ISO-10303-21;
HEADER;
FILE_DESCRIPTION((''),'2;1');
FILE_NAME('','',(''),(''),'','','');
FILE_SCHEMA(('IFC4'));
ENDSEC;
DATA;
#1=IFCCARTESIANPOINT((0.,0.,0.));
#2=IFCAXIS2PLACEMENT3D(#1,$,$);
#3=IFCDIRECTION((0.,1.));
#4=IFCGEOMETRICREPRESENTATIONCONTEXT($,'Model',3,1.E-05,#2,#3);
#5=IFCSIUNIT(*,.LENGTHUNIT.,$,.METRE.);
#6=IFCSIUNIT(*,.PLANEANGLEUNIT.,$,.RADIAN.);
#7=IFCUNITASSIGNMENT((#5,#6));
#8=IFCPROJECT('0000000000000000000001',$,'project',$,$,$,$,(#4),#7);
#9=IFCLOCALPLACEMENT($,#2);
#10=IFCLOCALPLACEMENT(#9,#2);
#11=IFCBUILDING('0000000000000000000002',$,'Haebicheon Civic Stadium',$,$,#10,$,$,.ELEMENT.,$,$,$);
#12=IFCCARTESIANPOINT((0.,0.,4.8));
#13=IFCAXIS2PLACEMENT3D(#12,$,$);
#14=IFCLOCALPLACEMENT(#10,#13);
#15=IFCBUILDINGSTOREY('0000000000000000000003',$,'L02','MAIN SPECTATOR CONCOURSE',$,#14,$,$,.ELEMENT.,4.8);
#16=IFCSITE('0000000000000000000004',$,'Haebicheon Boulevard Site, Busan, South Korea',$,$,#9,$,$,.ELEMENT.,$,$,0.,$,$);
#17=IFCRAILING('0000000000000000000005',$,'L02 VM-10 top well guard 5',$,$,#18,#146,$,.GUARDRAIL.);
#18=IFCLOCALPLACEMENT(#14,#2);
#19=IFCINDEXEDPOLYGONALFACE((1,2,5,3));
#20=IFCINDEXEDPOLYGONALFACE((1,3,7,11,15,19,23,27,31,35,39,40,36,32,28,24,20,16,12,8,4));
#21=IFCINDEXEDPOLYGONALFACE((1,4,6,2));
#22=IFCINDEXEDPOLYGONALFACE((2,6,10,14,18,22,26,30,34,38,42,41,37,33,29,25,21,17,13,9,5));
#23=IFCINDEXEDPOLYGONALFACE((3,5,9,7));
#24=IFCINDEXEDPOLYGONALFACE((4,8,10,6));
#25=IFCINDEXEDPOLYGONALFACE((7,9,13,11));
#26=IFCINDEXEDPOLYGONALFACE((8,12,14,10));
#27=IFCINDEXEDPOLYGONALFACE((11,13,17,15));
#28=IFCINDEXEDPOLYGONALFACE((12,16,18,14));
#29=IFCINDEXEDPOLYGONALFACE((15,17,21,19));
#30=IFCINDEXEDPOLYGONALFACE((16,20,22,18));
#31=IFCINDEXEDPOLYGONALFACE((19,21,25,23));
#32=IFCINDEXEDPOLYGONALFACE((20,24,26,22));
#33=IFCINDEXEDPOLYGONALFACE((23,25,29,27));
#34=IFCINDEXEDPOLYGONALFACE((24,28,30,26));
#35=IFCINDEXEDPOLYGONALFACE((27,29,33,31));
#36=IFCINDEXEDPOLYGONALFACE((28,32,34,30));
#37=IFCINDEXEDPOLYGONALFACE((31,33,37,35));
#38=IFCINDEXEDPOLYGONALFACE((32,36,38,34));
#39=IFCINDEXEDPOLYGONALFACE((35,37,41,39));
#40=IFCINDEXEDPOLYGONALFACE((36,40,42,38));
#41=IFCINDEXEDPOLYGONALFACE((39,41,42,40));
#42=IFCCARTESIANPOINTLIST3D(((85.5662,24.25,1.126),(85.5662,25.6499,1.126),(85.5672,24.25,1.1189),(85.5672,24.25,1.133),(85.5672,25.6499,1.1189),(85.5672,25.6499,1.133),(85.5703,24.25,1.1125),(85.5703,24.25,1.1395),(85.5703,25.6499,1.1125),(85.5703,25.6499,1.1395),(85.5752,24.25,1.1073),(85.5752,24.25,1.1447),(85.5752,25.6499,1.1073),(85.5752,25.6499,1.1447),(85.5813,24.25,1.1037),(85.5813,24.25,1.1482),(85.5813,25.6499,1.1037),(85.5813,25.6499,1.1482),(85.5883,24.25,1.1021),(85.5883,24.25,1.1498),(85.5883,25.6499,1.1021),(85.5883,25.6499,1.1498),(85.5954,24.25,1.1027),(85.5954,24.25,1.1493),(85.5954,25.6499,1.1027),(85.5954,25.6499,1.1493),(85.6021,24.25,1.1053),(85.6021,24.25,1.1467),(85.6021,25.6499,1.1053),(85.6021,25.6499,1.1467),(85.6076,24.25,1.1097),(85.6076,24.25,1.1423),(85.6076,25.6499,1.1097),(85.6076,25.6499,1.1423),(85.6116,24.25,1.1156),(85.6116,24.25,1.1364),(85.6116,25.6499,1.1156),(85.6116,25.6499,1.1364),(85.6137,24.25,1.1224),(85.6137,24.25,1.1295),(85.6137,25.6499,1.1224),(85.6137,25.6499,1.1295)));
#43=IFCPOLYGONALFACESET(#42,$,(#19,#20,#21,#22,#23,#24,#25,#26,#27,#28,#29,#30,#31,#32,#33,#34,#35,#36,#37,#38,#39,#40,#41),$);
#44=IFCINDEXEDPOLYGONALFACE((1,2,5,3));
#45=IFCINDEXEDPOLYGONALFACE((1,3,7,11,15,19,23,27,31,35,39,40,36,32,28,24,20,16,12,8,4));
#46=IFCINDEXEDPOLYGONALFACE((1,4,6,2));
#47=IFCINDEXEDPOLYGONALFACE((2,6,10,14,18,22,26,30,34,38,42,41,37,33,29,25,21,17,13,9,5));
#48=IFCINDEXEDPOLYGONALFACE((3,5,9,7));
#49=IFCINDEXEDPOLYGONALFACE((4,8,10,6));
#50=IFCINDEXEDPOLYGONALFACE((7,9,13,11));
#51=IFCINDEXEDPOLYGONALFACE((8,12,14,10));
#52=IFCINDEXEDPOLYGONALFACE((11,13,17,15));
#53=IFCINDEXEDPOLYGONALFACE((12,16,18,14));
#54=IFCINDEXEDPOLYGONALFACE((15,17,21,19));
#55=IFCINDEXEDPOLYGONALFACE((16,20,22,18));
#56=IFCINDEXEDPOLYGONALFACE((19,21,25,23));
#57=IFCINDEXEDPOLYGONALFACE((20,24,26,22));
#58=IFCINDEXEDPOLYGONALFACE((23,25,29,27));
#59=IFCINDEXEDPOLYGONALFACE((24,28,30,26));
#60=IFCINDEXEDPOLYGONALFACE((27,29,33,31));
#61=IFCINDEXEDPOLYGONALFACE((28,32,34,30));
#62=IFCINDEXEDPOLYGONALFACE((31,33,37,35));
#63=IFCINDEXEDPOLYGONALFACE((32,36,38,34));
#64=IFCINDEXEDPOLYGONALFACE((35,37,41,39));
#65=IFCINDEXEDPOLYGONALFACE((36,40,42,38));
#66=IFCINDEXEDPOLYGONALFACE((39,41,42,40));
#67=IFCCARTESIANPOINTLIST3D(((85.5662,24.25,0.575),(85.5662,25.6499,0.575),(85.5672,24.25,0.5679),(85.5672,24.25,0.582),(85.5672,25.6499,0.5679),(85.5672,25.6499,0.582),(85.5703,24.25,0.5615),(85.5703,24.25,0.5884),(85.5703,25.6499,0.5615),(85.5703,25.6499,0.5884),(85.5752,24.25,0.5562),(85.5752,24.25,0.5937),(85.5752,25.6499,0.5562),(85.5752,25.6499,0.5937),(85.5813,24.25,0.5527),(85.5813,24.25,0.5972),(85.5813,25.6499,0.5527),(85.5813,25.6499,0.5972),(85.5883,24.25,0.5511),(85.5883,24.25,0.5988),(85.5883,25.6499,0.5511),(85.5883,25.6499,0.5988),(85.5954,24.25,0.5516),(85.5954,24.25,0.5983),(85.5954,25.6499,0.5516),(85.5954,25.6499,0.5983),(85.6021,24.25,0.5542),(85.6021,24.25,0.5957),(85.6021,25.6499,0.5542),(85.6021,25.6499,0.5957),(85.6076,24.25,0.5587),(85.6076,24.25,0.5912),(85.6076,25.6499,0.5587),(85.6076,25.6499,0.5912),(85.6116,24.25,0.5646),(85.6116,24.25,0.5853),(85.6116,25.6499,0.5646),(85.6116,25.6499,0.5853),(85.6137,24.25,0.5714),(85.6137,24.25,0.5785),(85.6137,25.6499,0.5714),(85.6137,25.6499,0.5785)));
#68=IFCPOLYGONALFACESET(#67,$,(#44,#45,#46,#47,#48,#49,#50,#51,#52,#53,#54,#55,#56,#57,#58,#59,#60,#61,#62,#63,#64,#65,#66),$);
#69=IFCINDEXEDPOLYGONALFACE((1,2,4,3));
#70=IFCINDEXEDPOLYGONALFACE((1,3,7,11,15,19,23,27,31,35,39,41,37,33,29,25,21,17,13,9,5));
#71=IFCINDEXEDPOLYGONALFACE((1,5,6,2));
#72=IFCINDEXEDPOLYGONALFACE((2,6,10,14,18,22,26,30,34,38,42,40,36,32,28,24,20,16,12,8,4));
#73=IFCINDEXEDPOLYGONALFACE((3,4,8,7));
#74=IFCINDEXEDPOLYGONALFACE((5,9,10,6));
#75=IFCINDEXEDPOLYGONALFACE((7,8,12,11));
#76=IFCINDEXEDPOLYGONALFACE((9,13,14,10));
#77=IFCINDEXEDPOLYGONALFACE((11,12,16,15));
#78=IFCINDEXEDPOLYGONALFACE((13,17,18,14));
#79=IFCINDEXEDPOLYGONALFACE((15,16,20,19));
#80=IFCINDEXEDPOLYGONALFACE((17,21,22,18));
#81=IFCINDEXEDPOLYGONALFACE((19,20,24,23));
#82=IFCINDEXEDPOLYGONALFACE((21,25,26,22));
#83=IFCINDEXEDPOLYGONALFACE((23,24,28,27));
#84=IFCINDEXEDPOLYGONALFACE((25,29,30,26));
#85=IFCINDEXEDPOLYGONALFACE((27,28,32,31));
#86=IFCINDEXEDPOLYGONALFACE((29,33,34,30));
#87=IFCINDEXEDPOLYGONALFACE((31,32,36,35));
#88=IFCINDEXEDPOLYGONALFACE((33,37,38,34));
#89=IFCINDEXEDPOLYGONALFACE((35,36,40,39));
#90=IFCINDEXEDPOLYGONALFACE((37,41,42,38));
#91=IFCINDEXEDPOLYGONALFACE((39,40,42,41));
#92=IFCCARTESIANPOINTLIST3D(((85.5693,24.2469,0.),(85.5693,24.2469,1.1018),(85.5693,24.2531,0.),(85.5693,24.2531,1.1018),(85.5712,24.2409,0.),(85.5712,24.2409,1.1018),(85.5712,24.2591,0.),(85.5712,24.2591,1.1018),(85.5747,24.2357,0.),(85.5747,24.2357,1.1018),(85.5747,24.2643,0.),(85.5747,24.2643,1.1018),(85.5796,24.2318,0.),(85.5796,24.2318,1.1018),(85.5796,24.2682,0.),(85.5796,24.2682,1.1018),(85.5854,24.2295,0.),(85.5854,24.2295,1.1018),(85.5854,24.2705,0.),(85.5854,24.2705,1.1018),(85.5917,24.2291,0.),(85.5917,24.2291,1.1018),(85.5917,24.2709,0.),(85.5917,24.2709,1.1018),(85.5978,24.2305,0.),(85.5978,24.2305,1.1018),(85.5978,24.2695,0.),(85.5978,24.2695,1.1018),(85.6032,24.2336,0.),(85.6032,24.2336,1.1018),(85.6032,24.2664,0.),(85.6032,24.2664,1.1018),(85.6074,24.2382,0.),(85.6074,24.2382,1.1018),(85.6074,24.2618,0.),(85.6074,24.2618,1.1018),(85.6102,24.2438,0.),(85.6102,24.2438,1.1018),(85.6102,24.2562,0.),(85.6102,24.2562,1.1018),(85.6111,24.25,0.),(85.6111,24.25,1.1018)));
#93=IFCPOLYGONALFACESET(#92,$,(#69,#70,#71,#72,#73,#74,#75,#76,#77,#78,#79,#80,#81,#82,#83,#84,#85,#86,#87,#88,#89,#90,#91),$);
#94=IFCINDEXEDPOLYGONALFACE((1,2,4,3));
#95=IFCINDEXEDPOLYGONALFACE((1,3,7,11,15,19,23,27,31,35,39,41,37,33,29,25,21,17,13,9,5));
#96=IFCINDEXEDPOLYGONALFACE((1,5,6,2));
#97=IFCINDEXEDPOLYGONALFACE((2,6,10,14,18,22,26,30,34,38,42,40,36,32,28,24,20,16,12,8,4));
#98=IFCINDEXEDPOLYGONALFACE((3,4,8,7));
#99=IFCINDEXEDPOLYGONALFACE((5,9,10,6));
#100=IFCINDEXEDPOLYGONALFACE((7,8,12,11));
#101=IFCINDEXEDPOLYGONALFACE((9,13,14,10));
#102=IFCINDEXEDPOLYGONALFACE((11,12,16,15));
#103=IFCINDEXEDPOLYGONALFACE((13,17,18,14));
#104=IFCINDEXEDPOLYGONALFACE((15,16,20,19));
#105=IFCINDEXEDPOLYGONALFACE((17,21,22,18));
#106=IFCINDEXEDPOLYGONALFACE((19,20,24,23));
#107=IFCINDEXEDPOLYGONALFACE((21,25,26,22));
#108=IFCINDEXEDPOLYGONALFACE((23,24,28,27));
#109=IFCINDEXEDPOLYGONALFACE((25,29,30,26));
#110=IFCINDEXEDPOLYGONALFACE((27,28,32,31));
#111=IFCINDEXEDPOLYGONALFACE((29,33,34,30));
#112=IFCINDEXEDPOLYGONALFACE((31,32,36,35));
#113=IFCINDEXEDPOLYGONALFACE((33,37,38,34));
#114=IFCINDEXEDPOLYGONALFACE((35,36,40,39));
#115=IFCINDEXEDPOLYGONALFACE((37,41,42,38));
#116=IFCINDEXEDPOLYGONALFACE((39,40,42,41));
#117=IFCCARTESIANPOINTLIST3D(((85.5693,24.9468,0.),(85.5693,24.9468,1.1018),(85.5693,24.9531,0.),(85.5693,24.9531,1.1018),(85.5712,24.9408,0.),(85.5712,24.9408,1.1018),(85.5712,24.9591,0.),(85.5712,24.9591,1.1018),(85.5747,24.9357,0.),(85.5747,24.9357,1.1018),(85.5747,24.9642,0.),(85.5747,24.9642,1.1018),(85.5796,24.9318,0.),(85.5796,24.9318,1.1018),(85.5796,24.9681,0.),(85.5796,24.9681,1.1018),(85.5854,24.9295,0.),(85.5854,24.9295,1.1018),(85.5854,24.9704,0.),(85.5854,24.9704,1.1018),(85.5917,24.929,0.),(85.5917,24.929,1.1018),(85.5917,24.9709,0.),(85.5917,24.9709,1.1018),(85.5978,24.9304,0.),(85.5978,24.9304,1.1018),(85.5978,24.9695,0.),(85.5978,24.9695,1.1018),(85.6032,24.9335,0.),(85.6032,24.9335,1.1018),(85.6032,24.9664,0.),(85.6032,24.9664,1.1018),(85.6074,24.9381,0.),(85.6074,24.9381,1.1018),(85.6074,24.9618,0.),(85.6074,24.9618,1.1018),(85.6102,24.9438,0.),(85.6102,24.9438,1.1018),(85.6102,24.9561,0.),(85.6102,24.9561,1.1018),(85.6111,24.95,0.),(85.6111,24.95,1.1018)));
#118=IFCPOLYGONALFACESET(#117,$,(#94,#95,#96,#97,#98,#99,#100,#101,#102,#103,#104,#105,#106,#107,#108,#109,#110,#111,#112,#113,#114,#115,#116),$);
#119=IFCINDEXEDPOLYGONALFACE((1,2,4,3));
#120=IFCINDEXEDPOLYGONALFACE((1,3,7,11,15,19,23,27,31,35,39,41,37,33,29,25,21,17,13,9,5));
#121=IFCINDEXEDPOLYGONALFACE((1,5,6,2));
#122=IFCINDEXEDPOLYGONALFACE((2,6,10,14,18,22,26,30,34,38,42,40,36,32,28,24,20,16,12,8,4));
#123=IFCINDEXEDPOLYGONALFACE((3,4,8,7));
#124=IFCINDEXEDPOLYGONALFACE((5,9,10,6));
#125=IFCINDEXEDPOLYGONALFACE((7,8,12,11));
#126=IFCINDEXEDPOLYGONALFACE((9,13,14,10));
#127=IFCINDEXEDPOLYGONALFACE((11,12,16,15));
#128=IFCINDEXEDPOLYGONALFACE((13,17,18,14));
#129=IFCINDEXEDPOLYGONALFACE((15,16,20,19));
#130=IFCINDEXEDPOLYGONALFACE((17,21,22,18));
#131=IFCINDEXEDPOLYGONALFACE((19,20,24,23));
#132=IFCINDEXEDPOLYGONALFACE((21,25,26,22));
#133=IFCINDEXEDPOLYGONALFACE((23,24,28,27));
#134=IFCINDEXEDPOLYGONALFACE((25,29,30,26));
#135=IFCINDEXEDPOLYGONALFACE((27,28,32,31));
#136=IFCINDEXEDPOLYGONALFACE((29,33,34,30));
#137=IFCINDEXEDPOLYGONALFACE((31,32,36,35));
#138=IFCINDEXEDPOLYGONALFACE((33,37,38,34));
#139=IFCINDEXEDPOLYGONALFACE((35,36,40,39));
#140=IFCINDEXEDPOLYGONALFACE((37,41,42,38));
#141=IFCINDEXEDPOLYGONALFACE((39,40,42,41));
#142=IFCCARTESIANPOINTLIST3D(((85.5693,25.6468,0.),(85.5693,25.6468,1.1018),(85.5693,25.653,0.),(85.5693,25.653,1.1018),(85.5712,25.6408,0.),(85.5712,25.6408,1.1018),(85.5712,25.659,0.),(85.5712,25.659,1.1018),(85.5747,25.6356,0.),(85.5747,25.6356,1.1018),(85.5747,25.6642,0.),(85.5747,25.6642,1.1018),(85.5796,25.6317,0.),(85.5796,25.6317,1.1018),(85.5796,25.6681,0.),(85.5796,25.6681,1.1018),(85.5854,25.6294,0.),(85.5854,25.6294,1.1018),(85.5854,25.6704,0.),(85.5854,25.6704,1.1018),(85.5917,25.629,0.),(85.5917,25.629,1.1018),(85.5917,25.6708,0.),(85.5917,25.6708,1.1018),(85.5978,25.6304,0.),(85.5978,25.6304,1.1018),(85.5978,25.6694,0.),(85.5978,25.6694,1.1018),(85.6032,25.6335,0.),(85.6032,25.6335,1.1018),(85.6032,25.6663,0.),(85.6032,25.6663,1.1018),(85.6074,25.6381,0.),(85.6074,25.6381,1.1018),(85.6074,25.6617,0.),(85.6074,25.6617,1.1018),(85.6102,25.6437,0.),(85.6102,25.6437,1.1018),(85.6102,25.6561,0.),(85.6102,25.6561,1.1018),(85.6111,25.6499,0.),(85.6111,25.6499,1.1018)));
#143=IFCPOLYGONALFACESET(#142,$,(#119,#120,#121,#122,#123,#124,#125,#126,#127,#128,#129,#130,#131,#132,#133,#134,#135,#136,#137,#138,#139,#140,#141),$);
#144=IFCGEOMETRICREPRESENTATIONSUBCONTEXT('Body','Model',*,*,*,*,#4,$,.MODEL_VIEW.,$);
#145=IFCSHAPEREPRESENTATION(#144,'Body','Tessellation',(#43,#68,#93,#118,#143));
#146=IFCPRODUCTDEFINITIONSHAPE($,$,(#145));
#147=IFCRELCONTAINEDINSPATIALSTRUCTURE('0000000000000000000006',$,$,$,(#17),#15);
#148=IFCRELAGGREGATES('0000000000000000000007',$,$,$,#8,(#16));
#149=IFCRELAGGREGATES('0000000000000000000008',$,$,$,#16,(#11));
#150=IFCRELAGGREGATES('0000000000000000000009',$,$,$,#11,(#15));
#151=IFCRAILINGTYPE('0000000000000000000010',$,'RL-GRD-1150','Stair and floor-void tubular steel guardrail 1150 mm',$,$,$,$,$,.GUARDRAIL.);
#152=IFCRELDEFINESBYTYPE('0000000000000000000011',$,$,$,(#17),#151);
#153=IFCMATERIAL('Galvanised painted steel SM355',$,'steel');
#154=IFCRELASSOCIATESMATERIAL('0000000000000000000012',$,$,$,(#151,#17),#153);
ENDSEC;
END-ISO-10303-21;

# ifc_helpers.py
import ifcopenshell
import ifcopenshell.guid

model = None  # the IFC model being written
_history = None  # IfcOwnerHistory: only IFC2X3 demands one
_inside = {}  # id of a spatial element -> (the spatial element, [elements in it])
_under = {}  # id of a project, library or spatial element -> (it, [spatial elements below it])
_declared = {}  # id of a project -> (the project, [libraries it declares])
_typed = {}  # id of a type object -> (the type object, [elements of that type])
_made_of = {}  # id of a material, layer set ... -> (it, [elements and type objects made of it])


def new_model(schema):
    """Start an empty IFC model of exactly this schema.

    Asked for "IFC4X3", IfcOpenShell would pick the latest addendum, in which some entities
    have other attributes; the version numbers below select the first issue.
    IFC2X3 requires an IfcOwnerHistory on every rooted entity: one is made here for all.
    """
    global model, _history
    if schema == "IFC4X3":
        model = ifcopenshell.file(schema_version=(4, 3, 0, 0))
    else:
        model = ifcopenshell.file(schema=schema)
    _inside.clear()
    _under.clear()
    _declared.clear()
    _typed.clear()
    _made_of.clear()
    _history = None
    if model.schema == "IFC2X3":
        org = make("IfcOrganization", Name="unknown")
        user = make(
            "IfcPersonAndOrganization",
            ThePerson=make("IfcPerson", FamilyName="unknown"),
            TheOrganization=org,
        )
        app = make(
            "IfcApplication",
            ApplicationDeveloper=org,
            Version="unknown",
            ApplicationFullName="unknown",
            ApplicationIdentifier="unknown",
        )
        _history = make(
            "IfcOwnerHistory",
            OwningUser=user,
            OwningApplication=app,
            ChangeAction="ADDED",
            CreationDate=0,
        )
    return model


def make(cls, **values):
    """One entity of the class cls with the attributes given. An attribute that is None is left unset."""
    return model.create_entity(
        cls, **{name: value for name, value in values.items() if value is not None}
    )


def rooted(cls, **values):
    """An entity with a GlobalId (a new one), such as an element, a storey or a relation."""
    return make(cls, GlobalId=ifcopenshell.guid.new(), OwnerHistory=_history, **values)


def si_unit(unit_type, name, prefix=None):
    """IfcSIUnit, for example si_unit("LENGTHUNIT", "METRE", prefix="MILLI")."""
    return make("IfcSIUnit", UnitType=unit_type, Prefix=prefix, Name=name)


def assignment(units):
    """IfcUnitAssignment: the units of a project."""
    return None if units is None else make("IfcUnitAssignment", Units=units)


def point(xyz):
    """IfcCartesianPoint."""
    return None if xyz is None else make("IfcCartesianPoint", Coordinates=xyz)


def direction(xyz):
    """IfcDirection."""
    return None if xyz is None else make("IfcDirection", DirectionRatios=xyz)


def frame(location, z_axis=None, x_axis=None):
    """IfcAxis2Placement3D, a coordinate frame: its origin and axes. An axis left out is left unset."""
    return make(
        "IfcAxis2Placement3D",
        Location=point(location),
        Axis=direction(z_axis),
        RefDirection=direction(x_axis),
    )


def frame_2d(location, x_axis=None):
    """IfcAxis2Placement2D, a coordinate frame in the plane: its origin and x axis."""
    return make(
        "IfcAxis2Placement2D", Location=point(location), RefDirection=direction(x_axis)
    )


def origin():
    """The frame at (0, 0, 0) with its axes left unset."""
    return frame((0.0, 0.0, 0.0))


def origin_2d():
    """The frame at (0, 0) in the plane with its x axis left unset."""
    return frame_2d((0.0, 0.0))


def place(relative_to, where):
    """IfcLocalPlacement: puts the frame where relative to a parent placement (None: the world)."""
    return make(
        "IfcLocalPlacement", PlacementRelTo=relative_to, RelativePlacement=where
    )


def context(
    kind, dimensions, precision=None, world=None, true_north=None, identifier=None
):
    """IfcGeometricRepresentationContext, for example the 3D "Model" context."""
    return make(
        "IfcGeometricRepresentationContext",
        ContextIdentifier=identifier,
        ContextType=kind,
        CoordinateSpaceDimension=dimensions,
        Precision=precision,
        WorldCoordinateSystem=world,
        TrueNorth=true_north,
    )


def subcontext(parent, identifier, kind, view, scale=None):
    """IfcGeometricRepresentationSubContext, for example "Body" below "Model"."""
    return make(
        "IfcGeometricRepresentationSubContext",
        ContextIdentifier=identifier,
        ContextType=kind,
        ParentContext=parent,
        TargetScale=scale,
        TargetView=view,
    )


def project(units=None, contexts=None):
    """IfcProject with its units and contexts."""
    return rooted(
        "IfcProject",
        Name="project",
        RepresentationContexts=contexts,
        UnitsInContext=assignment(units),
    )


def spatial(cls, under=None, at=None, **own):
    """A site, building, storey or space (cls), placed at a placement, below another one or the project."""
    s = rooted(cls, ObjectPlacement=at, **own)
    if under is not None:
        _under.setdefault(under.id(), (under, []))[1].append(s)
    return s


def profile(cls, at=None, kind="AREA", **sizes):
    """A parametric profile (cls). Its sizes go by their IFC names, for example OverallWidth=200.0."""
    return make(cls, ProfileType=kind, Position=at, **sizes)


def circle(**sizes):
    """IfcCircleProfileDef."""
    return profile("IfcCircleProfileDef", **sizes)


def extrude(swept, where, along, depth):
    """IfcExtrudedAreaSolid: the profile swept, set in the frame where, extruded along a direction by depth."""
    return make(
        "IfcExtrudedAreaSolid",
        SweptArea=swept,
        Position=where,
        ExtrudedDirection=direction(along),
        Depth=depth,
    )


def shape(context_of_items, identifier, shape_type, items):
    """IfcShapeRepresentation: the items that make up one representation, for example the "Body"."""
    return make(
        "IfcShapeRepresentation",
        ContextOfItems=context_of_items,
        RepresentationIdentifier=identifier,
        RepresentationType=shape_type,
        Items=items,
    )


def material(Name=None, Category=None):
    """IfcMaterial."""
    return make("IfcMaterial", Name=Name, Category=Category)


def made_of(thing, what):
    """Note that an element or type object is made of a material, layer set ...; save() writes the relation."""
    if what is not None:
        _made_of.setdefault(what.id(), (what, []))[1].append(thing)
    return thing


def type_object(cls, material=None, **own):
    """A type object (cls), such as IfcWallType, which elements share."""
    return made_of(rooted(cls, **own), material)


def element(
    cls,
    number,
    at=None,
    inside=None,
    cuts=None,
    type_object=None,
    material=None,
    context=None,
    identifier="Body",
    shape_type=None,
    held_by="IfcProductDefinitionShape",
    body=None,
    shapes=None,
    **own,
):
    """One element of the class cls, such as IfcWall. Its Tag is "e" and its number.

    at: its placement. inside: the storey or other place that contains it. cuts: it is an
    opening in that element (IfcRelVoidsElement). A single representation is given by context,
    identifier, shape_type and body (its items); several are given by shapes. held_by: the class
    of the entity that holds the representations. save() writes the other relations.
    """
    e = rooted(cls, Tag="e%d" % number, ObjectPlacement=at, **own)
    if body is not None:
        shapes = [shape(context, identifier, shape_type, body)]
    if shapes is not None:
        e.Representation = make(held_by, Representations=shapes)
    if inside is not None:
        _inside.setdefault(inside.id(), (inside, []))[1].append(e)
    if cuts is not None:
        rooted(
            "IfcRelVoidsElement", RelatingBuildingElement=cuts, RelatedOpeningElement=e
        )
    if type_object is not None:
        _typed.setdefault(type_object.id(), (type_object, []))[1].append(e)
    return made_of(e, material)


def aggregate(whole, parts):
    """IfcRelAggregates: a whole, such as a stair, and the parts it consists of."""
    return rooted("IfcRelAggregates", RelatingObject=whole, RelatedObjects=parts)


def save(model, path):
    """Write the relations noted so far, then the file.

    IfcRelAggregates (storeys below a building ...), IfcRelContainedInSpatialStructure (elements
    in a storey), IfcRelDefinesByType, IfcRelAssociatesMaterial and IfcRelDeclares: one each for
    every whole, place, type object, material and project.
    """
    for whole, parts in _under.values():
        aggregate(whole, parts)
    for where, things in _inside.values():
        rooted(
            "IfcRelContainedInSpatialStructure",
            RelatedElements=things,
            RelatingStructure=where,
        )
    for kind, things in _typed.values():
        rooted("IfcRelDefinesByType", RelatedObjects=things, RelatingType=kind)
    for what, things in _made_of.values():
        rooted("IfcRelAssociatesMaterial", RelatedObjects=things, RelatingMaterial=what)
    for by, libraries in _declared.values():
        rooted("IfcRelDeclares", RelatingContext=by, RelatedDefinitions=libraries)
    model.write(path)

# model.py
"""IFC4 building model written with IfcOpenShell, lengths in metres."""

from ifc_helpers import new_model, si_unit, direction, frame, origin, origin_2d, place, context, subcontext, project, spatial, circle, extrude, material, type_object, element, save


model = new_model("IFC4")

# Units and contexts
model_context = context("Model", 3, precision=1e-05, world=origin(), true_north=direction((0.0, 1.0)))
body_context = subcontext(model_context, "Body", "Model", "MODEL_VIEW")
ifc_project = project(units=[si_unit("LENGTHUNIT", "METRE"), si_unit("PLANEANGLEUNIT", "RADIAN")], contexts=[model_context])

# Site, building, storey
site_placement = place(None, origin())
site = spatial("IfcSite", under=ifc_project, at=site_placement, Name="Haebicheon Boulevard Site, Busan, South Korea", CompositionType="ELEMENT", RefElevation=0.0)
building_placement = place(site_placement, origin())
building = spatial("IfcBuilding", under=site, at=building_placement, Name="Haebicheon Civic Stadium", CompositionType="ELEMENT")
storey_placement = place(building_placement, frame((0.0, 0.0, 4.8)))
storey = spatial("IfcBuildingStorey", under=building, at=storey_placement, Name="L02", Description="MAIN SPECTATOR CONCOURSE", CompositionType="ELEMENT", Elevation=4.8)

# Railing
ifc_material_1 = material(Name="Galvanised painted steel SM355", Category="steel")
railing_type_1 = type_object("IfcRailingType", Name="RL-GRD-1150", Description="Stair and floor-void tubular steel guardrail 1150 mm", PredefinedType="GUARDRAIL", material=ifc_material_1)
for number, where, name in (
    (1, (85.5901, 24.25, 0.0), "L02 VM-10 top well guard 5"),
):
    element("IfcRailing", number, at=place(storey_placement, frame(where)), inside=storey, type_object=railing_type_1, material=ifc_material_1, Name=name, PredefinedType="GUARDRAIL", context=body_context, shape_type="SweptSolid", body=[
        extrude(circle(Radius=0.0239, at=origin_2d()), frame((0.0, 0.0, 1.126), z_axis=(0.0, 1.0, 0.0), x_axis=(-1.0, 0.0, 0.0)), (0.0, 0.0, 1.0), 1.3999),
        extrude(circle(Radius=0.0239, at=origin_2d()), frame((0.0, 0.0, 0.575), z_axis=(0.0, 1.0, 0.0), x_axis=(-1.0, 0.0, 0.0)), (0.0, 0.0, 1.0), 1.3999),
        extrude(circle(Radius=0.021, at=origin_2d()), origin(), (0.0, 0.0, 1.0), 1.1018),
        extrude(circle(Radius=0.021, at=origin_2d()), frame((0.0, 0.7, 0.0)), (0.0, 0.0, 1.0), 1.1018),
        extrude(circle(Radius=0.021, at=origin_2d()), frame((0.0, 1.3999, 0.0)), (0.0, 0.0, 1.0), 1.1018),
    ])

save(model, "model.ifc")
